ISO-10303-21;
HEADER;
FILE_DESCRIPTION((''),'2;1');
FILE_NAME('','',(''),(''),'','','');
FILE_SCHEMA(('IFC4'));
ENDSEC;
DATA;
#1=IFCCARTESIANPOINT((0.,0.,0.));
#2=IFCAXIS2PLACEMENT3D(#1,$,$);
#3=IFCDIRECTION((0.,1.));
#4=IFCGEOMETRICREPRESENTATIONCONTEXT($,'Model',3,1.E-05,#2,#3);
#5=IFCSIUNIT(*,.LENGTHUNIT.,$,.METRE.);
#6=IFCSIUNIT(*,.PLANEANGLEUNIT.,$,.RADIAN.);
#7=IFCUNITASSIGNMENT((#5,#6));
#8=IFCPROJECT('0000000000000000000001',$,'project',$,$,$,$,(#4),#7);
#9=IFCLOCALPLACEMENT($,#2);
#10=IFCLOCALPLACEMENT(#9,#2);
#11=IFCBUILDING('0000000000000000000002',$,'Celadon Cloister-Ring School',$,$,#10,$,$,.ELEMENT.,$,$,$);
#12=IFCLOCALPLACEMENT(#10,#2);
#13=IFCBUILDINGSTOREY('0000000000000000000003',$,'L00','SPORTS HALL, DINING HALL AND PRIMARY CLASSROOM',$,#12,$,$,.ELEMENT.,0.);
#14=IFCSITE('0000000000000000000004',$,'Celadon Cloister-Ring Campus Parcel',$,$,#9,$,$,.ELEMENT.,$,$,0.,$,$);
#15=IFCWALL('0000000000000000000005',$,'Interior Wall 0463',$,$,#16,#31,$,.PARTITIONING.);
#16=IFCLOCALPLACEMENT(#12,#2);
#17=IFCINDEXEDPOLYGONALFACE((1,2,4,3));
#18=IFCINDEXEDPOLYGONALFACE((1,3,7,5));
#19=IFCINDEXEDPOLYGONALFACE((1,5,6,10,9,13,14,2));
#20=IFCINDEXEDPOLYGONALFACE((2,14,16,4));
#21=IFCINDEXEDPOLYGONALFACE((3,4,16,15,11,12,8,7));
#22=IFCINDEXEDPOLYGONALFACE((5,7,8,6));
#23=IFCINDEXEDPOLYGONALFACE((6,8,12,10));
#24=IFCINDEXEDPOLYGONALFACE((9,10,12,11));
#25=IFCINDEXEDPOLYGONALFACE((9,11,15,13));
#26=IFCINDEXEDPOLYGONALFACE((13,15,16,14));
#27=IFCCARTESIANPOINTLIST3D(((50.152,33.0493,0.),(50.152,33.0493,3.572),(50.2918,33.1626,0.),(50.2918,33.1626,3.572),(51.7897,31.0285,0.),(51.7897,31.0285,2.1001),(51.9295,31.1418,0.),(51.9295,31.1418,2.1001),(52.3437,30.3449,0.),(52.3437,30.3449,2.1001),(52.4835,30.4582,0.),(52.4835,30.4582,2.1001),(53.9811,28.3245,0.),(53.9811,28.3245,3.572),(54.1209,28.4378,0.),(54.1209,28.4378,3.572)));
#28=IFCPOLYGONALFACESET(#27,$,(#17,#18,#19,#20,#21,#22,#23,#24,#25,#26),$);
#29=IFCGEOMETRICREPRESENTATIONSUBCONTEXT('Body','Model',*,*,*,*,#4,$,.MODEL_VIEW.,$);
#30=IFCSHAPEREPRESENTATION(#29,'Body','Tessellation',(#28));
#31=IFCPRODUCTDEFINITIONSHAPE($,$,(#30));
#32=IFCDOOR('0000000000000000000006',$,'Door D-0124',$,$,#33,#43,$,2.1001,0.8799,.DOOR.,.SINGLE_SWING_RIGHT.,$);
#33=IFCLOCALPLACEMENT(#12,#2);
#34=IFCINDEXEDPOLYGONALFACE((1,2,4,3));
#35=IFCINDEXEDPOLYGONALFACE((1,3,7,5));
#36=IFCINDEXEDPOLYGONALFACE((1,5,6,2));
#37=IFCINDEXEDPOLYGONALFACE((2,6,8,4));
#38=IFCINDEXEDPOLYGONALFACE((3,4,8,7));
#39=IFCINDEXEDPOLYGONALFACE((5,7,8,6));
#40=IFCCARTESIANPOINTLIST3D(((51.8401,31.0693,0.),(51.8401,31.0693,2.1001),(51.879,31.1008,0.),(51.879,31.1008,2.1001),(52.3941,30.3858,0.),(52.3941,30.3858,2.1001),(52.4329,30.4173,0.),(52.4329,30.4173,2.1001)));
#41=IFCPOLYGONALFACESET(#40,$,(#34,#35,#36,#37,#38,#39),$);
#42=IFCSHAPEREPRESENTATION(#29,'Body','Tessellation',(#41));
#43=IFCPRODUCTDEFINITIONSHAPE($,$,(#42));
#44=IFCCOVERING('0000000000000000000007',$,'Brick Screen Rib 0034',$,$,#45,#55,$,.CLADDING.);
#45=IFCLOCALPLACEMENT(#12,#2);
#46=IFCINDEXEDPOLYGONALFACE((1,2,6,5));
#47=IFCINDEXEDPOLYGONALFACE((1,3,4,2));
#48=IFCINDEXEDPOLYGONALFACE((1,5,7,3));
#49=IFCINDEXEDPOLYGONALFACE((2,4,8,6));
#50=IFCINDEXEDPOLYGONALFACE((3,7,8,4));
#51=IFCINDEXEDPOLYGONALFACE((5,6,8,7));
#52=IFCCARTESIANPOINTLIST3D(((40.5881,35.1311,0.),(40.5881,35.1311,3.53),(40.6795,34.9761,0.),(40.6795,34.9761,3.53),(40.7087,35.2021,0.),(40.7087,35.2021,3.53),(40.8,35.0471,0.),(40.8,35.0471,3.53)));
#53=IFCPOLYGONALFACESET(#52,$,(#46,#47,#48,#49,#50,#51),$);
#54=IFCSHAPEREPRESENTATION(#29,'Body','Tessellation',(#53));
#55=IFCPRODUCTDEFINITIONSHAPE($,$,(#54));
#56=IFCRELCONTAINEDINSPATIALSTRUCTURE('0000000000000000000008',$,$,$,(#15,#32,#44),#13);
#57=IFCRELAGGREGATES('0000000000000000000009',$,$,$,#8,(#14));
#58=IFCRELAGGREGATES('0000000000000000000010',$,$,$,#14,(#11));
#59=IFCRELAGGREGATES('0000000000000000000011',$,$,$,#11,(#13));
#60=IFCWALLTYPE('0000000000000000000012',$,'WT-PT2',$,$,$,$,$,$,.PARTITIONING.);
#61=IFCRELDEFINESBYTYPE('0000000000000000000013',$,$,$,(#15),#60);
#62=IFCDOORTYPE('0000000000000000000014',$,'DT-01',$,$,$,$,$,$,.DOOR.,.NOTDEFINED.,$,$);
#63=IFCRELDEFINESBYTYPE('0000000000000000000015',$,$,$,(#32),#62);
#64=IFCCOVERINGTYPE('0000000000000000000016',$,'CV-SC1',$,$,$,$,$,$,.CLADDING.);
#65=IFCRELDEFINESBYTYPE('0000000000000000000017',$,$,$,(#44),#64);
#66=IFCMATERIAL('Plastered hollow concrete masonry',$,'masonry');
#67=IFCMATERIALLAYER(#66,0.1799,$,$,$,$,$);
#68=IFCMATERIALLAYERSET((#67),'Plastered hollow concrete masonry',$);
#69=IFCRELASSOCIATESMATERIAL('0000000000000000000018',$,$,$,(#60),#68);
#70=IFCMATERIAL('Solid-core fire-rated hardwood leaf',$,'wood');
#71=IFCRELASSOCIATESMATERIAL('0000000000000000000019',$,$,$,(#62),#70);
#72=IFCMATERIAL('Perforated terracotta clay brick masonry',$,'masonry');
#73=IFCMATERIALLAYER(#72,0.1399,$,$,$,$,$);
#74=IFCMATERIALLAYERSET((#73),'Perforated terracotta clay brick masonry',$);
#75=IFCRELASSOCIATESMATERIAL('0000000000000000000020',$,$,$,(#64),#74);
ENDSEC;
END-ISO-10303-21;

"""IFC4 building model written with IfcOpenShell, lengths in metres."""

from ifc_helpers import new_model, si_unit, direction, frame, frame_2d, origin, origin_2d, place, context, subcontext, project, spatial, rectangle, extrude, material, layer, layer_set, type_object, element, fill, save


model = new_model("IFC4")

# Units and contexts
model_context = context("Model", 3, precision=1e-05, world=origin(), true_north=direction((0.0, 1.0)))
body_context = subcontext(model_context, "Body", "Model", "MODEL_VIEW")
ifc_project = project(units=[si_unit("LENGTHUNIT", "METRE"), si_unit("PLANEANGLEUNIT", "RADIAN")], contexts=[model_context])

# Site, building, storey
site_placement = place(None, origin())
site = spatial("IfcSite", under=ifc_project, at=site_placement, Name="Celadon Cloister-Ring Campus Parcel", CompositionType="ELEMENT", RefElevation=0.0)
building_placement = place(site_placement, origin())
building = spatial("IfcBuilding", under=site, at=building_placement, Name="Celadon Cloister-Ring School", CompositionType="ELEMENT")
storey_placement = place(building_placement, origin())
storey = spatial("IfcBuildingStorey", under=building, at=storey_placement, Name="L00", Description="SPORTS HALL, DINING HALL AND PRIMARY CLASSROOM", CompositionType="ELEMENT", Elevation=0.0)

# Wall, opening, door
ifc_material_1 = material(Name="Plastered hollow concrete masonry", Category="masonry")
ifc_layer_1 = layer(ifc_material_1, 0.1799)
ifc_layer_set_1 = layer_set([ifc_layer_1], Name="Plastered hollow concrete masonry")
wall_type = type_object("IfcWallType", Name="WT-PT2", PredefinedType="PARTITIONING", material=ifc_layer_set_1)
wall_1_placement = place(storey_placement, frame((50.2219, 33.106, 0.0), z_axis=(0.0, 0.0, 1.0), x_axis=(0.629617, -0.776905, 0.0)))
wall_1 = element("IfcWall", 1, at=wall_1_placement, inside=storey, type_object=wall_type, Name="Interior Wall 0463", PredefinedType="PARTITIONING", context=body_context, shape_type="SweptSolid", body=[
    extrude(rectangle(XDim=6.0815, YDim=0.1799, at=frame_2d((3.0408, 0.0))), origin(), (0.0, 0.0, 1.0), 3.572),
])
opening_1_placement = place(wall_1_placement, frame((2.6011, 0.0, 0.0)))
opening_1 = element("IfcOpeningElement", 2, at=opening_1_placement, cuts=wall_1, PredefinedType="OPENING", context=body_context, shape_type="SweptSolid", body=[
    extrude(rectangle(XDim=0.8799, YDim=2.1001, at=frame_2d((0.4399, 1.05))), frame((0.0, 0.1001, 0.0), z_axis=(0.0, -1.0, 0.0), x_axis=(1.0, 0.0, 0.0)), (0.0, 0.0, 1.0), 0.2),
])
ifc_material_2 = material(Name="Solid-core fire-rated hardwood leaf", Category="wood")
door_type_1 = type_object("IfcDoorType", Name="DT-01", OperationType="NOTDEFINED", PredefinedType="DOOR", material=ifc_material_2)
door_1_placement = place(opening_1_placement, origin())
door_1 = element("IfcDoor", 3, at=door_1_placement, inside=storey, type_object=door_type_1, Name="Door D-0124", OperationType="SINGLE_SWING_RIGHT", OverallHeight=2.1001, OverallWidth=0.8799, PredefinedType="DOOR", context=body_context, shape_type="SweptSolid", body=[
    extrude(rectangle(XDim=0.8799, YDim=2.1001, at=frame_2d((0.4399, 1.05))), frame((0.0, 0.0249, 0.0), z_axis=(0.0, -1.0, 0.0), x_axis=(1.0, 0.0, 0.0)), (0.0, 0.0, 1.0), 0.05),
])
fill(opening_1, door_1)

# Covering
ifc_material_3 = material(Name="Perforated terracotta clay brick masonry", Category="masonry")
ifc_layer_2 = layer(ifc_material_3, 0.1399)
ifc_layer_set_2 = layer_set([ifc_layer_2], Name="Perforated terracotta clay brick masonry")
covering_type = type_object("IfcCoveringType", Name="CV-SC1", PredefinedType="CLADDING", material=ifc_layer_set_2)
covering_placement = place(storey_placement, frame((40.6941, 35.0891, 0.0), z_axis=(0.0, 0.0, 1.0), x_axis=(-0.507809, 0.86147, 0.0)))
element("IfcCovering", 4, at=covering_placement, inside=storey, type_object=covering_type, Name="Brick Screen Rib 0034", PredefinedType="CLADDING", context=body_context, shape_type="SweptSolid", body=[
    extrude(rectangle(XDim=0.1799, YDim=0.1399, at=origin_2d()), origin(), (0.0, 0.0, 1.0), 3.53),
])

save(model, "model.ifc")
